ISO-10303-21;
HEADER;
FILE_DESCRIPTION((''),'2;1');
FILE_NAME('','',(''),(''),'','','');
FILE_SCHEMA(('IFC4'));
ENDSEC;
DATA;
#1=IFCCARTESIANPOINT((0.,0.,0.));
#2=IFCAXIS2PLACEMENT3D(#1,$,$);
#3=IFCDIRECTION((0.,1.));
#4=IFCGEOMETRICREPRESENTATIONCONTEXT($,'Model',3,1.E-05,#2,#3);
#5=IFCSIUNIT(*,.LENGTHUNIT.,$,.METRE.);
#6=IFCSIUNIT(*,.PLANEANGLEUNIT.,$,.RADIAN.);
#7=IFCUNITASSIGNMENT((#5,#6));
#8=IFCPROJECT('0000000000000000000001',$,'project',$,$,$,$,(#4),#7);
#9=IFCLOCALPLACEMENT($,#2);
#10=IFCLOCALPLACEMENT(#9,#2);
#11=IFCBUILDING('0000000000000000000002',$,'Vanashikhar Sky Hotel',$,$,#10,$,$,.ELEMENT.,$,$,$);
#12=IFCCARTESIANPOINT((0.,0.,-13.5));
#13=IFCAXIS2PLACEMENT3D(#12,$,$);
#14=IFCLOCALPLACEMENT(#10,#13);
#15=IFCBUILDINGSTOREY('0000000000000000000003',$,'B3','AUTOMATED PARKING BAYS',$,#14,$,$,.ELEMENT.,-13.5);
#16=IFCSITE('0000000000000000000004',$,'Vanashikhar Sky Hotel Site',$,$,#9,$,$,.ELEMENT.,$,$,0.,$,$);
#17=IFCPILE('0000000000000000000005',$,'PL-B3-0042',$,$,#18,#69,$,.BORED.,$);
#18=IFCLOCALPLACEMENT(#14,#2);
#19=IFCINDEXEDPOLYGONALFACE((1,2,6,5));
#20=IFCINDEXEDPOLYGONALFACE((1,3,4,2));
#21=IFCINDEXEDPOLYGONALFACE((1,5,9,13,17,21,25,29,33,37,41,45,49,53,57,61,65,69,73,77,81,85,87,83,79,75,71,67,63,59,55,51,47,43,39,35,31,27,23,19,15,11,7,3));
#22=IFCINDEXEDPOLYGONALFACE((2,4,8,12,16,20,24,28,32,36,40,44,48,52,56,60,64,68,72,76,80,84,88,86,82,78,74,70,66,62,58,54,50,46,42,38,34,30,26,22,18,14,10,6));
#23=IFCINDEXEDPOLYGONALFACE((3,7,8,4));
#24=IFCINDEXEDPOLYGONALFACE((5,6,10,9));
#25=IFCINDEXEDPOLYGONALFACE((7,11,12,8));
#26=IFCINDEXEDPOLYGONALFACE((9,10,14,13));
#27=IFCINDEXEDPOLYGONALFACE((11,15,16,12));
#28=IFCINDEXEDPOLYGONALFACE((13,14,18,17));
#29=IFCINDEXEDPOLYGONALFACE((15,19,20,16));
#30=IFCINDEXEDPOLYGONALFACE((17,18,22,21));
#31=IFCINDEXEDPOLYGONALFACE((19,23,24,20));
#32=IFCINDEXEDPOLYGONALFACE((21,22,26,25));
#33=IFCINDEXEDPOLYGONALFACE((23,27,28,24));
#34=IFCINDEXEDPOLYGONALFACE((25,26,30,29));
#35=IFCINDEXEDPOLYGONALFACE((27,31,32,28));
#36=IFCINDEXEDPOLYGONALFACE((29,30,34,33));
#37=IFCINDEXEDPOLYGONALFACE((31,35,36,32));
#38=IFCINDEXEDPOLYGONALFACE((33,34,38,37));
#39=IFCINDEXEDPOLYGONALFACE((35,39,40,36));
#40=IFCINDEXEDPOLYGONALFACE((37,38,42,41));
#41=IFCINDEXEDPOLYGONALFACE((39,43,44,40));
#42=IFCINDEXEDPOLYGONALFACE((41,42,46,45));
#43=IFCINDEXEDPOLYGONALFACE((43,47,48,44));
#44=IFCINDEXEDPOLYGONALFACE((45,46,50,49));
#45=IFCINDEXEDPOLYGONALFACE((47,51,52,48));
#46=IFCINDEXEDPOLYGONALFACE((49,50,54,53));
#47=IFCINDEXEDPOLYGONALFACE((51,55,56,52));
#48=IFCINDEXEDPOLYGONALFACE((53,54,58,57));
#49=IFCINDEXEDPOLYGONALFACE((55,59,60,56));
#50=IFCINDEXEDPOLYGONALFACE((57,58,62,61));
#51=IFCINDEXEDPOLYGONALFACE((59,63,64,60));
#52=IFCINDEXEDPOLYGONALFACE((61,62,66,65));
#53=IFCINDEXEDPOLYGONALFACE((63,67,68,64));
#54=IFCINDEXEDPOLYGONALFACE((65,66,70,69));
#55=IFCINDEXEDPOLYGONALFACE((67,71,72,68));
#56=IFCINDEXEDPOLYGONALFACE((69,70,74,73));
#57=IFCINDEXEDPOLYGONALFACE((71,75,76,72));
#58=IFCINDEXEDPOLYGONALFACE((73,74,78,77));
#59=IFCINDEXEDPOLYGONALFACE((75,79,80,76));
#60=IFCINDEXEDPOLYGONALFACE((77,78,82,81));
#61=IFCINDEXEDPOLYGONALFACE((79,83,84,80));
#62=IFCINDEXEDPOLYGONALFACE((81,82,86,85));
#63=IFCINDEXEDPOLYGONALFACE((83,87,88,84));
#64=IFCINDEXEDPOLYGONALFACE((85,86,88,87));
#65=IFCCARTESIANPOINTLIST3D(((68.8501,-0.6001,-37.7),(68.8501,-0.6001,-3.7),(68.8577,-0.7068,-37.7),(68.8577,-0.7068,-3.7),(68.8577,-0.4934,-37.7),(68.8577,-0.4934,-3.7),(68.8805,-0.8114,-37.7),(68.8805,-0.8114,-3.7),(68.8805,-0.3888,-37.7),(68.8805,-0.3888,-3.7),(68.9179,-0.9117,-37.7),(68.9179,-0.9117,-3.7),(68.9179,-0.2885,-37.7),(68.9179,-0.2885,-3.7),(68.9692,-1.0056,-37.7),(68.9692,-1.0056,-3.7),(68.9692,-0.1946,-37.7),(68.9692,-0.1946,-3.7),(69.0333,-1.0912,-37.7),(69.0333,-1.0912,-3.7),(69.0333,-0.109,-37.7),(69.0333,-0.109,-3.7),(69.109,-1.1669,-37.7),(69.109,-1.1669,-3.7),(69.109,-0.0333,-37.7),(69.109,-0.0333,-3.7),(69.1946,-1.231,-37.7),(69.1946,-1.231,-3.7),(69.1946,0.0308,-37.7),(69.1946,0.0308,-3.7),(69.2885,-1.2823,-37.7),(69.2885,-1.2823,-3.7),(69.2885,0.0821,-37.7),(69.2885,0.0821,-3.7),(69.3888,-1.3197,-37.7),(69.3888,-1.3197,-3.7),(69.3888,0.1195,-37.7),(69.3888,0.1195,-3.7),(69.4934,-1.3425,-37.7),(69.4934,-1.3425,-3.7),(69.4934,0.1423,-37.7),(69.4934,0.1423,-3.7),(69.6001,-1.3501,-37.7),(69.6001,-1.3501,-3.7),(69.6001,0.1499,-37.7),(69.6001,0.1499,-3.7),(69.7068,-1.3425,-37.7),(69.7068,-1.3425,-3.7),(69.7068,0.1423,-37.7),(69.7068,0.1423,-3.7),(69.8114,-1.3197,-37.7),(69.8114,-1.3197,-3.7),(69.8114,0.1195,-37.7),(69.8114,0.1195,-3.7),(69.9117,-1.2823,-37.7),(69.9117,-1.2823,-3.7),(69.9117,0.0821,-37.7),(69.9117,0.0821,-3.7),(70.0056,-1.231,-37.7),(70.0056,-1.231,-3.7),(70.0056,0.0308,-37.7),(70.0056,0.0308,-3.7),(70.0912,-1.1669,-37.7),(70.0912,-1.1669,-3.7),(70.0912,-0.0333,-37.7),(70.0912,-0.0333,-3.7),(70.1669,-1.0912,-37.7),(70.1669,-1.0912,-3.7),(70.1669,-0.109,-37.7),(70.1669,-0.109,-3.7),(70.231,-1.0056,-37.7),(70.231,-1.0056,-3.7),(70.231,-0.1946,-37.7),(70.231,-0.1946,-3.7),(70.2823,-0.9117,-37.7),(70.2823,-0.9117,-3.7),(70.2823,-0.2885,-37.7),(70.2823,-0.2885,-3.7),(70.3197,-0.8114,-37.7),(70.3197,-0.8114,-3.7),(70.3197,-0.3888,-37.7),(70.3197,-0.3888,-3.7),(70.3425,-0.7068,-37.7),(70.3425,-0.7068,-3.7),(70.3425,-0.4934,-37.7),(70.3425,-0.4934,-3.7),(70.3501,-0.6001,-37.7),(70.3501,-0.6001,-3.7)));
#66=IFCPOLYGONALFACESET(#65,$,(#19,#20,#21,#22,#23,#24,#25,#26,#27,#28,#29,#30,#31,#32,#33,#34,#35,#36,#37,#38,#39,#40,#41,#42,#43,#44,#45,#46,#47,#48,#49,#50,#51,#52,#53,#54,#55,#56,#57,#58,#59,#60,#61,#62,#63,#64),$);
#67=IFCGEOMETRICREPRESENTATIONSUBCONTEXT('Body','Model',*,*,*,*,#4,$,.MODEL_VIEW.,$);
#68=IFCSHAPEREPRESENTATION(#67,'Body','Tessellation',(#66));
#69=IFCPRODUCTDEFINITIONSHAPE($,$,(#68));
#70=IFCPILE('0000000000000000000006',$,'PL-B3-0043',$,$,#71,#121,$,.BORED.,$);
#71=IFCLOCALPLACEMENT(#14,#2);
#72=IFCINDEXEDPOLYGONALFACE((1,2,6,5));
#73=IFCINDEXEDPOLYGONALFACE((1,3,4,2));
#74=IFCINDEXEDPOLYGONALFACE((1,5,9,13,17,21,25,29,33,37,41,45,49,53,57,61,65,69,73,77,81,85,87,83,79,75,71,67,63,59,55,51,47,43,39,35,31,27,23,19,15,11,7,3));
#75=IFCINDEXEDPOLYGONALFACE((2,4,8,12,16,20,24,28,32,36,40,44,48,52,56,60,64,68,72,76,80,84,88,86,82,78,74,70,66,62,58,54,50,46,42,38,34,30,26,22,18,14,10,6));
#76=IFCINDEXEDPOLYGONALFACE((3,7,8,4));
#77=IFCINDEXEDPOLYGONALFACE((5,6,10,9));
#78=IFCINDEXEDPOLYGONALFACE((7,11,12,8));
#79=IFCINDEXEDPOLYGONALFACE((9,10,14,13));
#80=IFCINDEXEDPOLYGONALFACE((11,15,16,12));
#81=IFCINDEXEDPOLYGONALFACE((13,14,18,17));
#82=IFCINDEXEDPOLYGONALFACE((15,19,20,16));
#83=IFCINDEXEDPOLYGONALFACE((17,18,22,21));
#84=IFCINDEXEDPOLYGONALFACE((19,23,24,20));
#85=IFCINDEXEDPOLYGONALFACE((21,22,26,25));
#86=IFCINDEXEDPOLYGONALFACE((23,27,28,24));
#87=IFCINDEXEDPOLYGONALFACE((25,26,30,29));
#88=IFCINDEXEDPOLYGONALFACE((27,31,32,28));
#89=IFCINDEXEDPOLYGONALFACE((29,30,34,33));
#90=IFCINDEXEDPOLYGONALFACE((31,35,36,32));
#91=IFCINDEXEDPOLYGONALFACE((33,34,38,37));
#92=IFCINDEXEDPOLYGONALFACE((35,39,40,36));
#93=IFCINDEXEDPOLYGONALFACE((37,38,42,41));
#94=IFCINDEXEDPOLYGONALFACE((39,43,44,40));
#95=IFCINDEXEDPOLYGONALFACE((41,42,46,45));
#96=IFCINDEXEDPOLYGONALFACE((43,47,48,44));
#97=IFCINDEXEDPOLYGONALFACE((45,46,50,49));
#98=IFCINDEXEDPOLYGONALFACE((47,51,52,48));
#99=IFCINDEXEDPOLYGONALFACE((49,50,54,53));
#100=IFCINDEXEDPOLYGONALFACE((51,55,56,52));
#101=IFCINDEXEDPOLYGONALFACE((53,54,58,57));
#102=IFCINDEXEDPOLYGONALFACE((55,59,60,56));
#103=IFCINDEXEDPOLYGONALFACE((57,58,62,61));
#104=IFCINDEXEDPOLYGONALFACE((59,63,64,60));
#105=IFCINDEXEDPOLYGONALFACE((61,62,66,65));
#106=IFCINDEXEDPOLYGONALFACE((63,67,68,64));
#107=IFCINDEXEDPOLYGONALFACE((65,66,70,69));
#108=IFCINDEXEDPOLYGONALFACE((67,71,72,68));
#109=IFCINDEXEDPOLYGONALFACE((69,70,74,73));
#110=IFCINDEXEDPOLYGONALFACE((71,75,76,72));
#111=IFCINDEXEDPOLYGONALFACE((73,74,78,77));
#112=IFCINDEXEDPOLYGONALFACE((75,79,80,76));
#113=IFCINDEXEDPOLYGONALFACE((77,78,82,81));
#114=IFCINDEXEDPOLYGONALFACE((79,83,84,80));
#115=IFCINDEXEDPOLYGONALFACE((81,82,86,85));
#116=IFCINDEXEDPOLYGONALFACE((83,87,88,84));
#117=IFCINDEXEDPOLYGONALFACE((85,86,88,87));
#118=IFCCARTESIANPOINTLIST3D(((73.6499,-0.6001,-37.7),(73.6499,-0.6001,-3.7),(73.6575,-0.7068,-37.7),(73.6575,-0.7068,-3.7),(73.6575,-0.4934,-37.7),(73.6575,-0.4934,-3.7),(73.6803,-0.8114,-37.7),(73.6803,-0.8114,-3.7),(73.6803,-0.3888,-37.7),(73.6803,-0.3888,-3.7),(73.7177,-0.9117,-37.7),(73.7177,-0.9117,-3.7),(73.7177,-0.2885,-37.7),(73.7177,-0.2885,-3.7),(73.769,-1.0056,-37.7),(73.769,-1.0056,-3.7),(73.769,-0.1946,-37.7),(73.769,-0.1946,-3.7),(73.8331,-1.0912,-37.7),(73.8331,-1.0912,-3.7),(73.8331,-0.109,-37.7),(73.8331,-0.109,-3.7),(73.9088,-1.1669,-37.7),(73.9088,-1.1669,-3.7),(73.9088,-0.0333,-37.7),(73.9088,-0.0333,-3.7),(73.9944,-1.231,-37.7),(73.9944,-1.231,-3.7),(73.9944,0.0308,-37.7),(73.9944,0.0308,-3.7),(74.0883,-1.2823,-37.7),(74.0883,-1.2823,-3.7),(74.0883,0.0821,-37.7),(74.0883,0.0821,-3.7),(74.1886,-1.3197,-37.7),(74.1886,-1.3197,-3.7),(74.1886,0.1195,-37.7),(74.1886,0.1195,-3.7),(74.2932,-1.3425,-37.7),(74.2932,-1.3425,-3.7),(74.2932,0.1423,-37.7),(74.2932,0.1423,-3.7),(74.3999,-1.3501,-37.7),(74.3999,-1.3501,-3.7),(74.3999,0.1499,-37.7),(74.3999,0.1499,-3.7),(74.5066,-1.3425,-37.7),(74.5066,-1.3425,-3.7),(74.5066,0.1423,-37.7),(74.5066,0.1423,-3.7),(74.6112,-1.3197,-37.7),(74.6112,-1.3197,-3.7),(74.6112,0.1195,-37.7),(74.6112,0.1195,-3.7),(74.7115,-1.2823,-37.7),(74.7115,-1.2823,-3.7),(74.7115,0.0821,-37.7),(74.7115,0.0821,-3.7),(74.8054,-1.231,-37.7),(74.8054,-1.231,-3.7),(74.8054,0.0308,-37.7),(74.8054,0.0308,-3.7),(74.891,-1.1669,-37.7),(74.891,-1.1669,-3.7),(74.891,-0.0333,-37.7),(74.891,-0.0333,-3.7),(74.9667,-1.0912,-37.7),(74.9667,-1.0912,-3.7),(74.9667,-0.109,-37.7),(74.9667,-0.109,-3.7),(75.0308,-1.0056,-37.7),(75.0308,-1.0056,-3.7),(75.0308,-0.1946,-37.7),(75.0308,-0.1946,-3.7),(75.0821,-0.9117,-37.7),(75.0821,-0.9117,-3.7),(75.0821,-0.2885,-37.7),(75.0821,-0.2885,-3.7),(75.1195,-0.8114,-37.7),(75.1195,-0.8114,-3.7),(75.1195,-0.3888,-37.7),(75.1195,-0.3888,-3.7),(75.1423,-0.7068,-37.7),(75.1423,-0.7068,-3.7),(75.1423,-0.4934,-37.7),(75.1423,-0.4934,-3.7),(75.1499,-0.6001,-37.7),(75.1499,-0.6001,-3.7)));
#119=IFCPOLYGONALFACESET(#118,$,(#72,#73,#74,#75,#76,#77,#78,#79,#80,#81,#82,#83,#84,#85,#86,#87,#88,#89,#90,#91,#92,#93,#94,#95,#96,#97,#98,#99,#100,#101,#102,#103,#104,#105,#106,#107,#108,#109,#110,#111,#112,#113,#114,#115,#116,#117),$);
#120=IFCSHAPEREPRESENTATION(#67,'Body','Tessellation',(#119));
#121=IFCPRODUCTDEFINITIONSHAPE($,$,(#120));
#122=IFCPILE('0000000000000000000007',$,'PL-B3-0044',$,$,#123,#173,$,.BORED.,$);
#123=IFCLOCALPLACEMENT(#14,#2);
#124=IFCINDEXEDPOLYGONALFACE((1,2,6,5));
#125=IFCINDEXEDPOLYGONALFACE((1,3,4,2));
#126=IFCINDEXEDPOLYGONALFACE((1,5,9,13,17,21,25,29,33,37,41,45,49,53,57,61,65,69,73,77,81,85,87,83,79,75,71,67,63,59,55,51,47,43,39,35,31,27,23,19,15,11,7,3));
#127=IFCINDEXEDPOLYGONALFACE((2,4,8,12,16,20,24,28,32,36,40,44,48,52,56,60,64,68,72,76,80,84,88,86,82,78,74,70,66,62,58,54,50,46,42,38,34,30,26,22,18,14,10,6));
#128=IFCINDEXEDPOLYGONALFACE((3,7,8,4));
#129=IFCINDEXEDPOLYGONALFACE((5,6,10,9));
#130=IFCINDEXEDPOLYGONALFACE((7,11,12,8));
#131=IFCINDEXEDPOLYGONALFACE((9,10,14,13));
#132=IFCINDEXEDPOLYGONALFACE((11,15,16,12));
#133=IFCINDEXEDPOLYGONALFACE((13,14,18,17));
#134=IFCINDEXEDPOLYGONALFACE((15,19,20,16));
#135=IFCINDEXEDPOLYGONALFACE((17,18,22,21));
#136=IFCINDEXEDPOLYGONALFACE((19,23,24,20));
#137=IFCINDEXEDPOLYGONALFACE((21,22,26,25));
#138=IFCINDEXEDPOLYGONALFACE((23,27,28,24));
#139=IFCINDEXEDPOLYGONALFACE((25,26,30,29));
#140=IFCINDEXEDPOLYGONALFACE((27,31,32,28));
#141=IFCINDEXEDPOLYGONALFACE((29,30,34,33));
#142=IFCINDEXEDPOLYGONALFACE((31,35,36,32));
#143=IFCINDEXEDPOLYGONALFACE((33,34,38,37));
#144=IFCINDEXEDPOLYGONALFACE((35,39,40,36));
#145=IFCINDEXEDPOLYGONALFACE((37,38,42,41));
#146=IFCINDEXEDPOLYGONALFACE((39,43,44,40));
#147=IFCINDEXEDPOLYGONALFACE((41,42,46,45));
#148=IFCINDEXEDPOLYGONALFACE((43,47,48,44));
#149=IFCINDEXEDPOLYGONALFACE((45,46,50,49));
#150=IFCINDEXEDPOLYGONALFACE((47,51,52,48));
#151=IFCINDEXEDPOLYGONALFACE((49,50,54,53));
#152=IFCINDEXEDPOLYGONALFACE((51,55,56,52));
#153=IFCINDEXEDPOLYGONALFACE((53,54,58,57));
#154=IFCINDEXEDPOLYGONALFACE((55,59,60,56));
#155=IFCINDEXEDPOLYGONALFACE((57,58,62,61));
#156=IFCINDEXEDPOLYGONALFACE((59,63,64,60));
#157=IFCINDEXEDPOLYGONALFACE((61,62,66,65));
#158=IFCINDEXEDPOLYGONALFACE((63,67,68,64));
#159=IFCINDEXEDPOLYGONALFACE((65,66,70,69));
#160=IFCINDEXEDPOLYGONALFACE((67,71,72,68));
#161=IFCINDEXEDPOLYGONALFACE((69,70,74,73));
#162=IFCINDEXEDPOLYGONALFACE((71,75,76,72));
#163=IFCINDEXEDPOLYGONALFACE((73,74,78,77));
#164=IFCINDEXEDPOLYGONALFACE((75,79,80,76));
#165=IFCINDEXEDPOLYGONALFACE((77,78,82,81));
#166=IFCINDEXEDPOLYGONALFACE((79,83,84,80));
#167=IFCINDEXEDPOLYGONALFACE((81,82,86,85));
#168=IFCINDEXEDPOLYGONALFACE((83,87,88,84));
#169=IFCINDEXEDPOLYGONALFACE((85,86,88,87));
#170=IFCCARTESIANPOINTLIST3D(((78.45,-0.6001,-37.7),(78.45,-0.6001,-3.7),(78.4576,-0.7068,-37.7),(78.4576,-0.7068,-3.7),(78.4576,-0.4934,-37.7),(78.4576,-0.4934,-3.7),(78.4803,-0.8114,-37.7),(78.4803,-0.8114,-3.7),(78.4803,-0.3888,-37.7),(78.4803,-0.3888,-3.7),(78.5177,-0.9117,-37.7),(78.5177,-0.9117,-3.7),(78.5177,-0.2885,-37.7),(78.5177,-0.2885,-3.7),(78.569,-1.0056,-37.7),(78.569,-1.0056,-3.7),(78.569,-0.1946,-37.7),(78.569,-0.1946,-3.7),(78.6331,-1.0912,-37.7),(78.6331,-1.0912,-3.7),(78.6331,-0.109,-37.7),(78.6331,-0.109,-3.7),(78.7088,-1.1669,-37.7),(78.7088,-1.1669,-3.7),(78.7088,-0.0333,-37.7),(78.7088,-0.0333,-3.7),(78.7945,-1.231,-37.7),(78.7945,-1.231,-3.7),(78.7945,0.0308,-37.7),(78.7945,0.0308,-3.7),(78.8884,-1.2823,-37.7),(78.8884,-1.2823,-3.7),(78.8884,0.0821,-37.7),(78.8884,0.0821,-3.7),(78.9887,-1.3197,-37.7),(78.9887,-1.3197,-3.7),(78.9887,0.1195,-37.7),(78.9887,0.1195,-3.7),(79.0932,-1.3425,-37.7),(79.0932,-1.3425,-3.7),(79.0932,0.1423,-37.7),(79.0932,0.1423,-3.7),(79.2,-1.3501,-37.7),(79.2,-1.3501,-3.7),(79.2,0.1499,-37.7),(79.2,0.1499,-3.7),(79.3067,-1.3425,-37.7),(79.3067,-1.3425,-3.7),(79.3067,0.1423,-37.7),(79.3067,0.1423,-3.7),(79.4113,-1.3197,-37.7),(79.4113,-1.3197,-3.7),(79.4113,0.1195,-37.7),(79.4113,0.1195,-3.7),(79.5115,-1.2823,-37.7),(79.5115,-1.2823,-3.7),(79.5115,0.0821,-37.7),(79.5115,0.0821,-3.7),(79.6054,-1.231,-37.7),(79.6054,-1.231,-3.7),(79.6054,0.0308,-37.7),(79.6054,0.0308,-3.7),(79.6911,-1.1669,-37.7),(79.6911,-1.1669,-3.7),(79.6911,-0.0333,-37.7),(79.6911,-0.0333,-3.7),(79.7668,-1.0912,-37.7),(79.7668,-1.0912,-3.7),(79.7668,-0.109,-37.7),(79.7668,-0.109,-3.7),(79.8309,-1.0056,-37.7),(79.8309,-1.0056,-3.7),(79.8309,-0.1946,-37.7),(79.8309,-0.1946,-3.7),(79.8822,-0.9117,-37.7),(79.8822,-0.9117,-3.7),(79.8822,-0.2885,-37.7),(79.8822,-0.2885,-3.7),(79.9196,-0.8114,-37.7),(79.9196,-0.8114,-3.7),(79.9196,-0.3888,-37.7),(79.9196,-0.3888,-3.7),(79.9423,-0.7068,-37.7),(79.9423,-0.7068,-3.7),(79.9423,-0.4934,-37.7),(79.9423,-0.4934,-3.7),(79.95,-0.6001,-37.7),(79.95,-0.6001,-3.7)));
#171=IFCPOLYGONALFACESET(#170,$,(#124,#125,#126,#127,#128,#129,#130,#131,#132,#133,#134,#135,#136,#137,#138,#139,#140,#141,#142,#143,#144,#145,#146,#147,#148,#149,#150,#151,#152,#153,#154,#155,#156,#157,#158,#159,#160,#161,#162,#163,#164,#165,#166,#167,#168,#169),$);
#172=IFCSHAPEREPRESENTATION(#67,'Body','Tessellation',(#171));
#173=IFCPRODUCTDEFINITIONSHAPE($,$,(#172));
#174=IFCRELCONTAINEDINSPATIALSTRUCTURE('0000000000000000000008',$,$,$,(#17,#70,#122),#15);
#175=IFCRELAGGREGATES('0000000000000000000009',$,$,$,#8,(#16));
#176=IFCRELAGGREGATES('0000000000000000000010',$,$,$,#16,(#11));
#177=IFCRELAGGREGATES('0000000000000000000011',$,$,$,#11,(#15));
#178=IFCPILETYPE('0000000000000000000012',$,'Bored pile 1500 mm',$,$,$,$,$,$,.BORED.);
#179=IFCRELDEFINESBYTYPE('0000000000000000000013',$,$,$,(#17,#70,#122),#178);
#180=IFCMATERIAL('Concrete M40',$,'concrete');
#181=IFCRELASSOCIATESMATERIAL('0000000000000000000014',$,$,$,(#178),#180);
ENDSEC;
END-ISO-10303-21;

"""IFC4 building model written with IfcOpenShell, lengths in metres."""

from ifc_helpers import new_model, si_unit, direction, frame, origin, origin_2d, place, context, subcontext, project, spatial, circle, extrude, source, transform, mapped, material, type_object, element, save


model = new_model("IFC4")

# Units and contexts
model_context = context("Model", 3, precision=1e-05, world=origin(), true_north=direction((0.0, 1.0)))
body_context = subcontext(model_context, "Body", "Model", "MODEL_VIEW")
ifc_project = project(units=[si_unit("LENGTHUNIT", "METRE"), si_unit("PLANEANGLEUNIT", "RADIAN")], contexts=[model_context])

# Site, building, storey
site_placement = place(None, origin())
site = spatial("IfcSite", under=ifc_project, at=site_placement, Name="Vanashikhar Sky Hotel Site", CompositionType="ELEMENT", RefElevation=0.0)
building_placement = place(site_placement, origin())
building = spatial("IfcBuilding", under=site, at=building_placement, Name="Vanashikhar Sky Hotel", CompositionType="ELEMENT")
storey_placement = place(building_placement, frame((0.0, 0.0, -13.5)))
storey = spatial("IfcBuildingStorey", under=building, at=storey_placement, Name="B3", Description="AUTOMATED PARKING BAYS", CompositionType="ELEMENT", Elevation=-13.5)

# Piles
ifc_material_1 = material(Name="Concrete M40", Category="concrete")
pile_type = type_object("IfcPileType", Name="Bored pile 1500 mm", PredefinedType="BORED", material=ifc_material_1)
shared_shape_1 = source(origin(), body_context, "Body", "SweptSolid", [
    extrude(circle(Radius=0.75, at=origin_2d()), origin(), (0.0, 0.0, 1.0), 34.0),
])
for number, where, z_axis, x_axis, name in (
    (1, (69.6001, -0.6001, -3.7), (0.0, 0.0, -1.0), (1.0, 0.0, 0.0), "PL-B3-0042"),
    (2, (74.3999, -0.6001, -3.7), (0.0, 0.0, -1.0), (1.0, 0.0, 0.0), "PL-B3-0043"),
    (3, (79.2, -0.6001, -3.7), (0.0, 0.0, -1.0), (1.0, 0.0, 0.0), "PL-B3-0044"),
):
    element("IfcPile", number, at=place(storey_placement, frame(where, z_axis=z_axis, x_axis=x_axis)), inside=storey, type_object=pile_type, Name=name, PredefinedType="BORED", context=body_context, shape_type="MappedRepresentation", body=[
        mapped(shared_shape_1, transform((0.0, 0.0, 0.0), scale=1.0)),
    ])

save(model, "model.ifc")
